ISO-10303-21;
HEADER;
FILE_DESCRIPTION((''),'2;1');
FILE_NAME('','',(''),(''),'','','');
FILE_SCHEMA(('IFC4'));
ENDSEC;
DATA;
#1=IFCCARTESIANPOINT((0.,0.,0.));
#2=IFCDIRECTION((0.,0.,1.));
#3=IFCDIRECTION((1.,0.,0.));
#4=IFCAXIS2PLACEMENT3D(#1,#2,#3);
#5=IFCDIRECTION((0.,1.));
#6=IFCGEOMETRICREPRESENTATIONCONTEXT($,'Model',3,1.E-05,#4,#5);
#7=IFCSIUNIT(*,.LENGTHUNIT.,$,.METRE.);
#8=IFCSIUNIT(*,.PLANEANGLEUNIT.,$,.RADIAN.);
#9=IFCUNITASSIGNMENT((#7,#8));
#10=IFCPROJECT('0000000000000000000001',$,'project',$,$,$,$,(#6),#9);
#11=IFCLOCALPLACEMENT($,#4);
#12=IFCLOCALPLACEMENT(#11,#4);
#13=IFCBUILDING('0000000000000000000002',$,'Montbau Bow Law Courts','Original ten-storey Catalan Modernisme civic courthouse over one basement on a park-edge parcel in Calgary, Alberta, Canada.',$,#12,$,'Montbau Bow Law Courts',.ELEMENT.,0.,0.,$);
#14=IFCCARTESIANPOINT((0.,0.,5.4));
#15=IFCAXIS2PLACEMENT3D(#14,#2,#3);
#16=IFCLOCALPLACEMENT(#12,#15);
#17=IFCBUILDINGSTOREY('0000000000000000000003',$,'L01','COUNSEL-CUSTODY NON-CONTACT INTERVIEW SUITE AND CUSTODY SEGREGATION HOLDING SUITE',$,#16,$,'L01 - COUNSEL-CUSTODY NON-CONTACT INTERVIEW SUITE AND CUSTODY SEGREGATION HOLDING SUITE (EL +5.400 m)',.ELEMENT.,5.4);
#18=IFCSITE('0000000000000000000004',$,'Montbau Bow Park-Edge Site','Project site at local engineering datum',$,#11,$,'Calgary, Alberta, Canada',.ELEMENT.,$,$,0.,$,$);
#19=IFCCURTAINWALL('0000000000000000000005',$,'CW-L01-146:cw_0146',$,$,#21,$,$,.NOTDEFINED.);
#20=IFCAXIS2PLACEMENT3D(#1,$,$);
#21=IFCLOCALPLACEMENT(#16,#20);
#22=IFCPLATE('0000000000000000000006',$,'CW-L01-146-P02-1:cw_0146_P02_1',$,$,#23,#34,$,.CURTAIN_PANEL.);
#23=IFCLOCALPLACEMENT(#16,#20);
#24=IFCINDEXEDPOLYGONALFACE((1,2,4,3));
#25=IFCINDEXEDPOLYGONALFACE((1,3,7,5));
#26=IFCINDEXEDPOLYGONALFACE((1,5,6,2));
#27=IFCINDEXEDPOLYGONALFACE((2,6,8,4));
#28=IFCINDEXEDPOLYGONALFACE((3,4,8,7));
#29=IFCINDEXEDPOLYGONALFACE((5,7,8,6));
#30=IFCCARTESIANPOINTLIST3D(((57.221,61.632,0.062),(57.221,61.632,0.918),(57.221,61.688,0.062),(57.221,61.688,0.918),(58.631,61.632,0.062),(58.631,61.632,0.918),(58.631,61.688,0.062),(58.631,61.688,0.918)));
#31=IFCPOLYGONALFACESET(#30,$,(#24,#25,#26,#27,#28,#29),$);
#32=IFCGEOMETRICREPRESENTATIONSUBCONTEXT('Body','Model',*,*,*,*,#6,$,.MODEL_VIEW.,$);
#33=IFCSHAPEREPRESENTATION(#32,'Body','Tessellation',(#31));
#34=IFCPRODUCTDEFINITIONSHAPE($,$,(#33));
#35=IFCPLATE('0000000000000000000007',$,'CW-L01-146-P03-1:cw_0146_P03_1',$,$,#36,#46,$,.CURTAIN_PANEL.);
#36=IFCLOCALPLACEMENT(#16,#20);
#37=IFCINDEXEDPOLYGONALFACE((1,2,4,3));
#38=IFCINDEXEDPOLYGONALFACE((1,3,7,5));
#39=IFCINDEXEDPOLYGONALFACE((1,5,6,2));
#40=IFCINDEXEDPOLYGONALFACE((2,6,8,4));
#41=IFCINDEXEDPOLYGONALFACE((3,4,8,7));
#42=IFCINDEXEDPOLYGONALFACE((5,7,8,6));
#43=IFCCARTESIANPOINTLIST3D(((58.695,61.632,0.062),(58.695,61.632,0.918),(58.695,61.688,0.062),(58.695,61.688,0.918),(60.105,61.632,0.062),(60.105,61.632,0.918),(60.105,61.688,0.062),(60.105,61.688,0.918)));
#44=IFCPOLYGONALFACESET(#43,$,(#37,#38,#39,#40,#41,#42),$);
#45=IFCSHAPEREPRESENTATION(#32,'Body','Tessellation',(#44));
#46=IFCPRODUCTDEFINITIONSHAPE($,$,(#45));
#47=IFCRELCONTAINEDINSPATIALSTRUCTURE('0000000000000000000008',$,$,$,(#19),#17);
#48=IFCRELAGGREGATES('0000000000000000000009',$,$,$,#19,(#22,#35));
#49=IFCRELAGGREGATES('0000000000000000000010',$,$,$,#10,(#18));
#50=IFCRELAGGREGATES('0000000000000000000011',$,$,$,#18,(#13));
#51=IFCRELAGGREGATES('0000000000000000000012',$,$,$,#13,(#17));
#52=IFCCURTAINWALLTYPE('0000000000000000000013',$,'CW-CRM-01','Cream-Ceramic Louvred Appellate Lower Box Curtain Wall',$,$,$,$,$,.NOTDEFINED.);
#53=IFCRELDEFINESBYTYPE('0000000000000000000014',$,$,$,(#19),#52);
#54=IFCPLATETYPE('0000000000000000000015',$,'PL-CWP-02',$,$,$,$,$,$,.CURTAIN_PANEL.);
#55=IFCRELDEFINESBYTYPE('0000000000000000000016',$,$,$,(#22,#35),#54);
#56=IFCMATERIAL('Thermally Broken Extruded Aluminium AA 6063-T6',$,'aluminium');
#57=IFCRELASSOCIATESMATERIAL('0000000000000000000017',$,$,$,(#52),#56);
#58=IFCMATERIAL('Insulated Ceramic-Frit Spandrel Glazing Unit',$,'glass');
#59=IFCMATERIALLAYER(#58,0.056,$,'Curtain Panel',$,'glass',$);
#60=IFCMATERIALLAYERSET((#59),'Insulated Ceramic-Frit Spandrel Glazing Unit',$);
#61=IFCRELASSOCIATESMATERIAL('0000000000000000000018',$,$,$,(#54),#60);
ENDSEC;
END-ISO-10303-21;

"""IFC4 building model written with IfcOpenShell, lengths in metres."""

from ifc_helpers import new_model, si_unit, direction, frame, frame_2d, origin_with_axes, place, context, subcontext, project, spatial, rectangle, extrude, material, layer, layer_set, type_object, element, aggregate, save


model = new_model("IFC4")

# Units and contexts
model_context = context("Model", 3, precision=1e-05, world=origin_with_axes(), true_north=direction((0.0, 1.0)))
body_context = subcontext(model_context, "Body", "Model", "MODEL_VIEW")
ifc_project = project(units=[si_unit("LENGTHUNIT", "METRE"), si_unit("PLANEANGLEUNIT", "RADIAN")], contexts=[model_context])

# Site, building, storey
site_placement = place(None, origin_with_axes())
site = spatial("IfcSite", under=ifc_project, at=site_placement, Name="Montbau Bow Park-Edge Site", Description="Project site at local engineering datum", LongName="Calgary, Alberta, Canada", CompositionType="ELEMENT", RefElevation=0.0)
building_placement = place(site_placement, origin_with_axes())
building = spatial("IfcBuilding", under=site, at=building_placement, Name="Montbau Bow Law Courts", Description="Original ten-storey Catalan Modernisme civic courthouse over one basement on a park-edge parcel in Calgary, Alberta, Canada.", LongName="Montbau Bow Law Courts", CompositionType="ELEMENT", ElevationOfRefHeight=0.0, ElevationOfTerrain=0.0)
storey_placement = place(building_placement, frame((0.0, 0.0, 5.4), z_axis=(0.0, 0.0, 1.0), x_axis=(1.0, 0.0, 0.0)))
storey = spatial("IfcBuildingStorey", under=building, at=storey_placement, Name="L01", Description="COUNSEL-CUSTODY NON-CONTACT INTERVIEW SUITE AND CUSTODY SEGREGATION HOLDING SUITE", LongName="L01 - COUNSEL-CUSTODY NON-CONTACT INTERVIEW SUITE AND CUSTODY SEGREGATION HOLDING SUITE (EL +5.400 m)", CompositionType="ELEMENT", Elevation=5.4)

# Curtain wall
ifc_material_1 = material(Name="Thermally Broken Extruded Aluminium AA 6063-T6", Category="aluminium")
curtain_wall_type = type_object("IfcCurtainWallType", Name="CW-CRM-01", Description="Cream-Ceramic Louvred Appellate Lower Box Curtain Wall", PredefinedType="NOTDEFINED", material=ifc_material_1)
curtain_wall_1_placement = place(None, frame((55.715, 61.66, 5.4), z_axis=(0.0, 0.0, 1.0), x_axis=(1.0, 0.0, 0.0)))
curtain_wall_1 = element("IfcCurtainWall", 1, at=curtain_wall_1_placement, inside=storey, type_object=curtain_wall_type, Name="CW-L01-146:cw_0146", PredefinedType="NOTDEFINED")

# Plates
ifc_material_2 = material(Name="Insulated Ceramic-Frit Spandrel Glazing Unit", Category="glass")
ifc_layer_1 = layer(ifc_material_2, 0.056, Name="Curtain Panel", Category="glass")
ifc_layer_set_1 = layer_set([ifc_layer_1], Name="Insulated Ceramic-Frit Spandrel Glazing Unit")
plate_type_1 = type_object("IfcPlateType", Name="PL-CWP-02", PredefinedType="CURTAIN_PANEL", material=ifc_layer_set_1)
plate_1_placement = place(None, frame((57.221, 61.66, 5.462), z_axis=(0.0, -1.0, 0.0), x_axis=(1.0, 0.0, 0.0)))
plate_1 = element("IfcPlate", 2, at=plate_1_placement, type_object=plate_type_1, Name="CW-L01-146-P02-1:cw_0146_P02_1", PredefinedType="CURTAIN_PANEL", context=body_context, shape_type="SweptSolid", body=[
    extrude(rectangle(XDim=1.41, YDim=0.856, at=frame_2d((0.705, 0.428), x_axis=(1.0, 0.0))), frame((0.0, 0.0, -0.028), z_axis=(0.0, 0.0, 1.0), x_axis=(1.0, 0.0, 0.0)), (0.0, 0.0, 1.0), 0.056),
])
plate_2_placement = place(None, frame((58.695, 61.66, 5.462), z_axis=(0.0, -1.0, 0.0), x_axis=(1.0, 0.0, 0.0)))
plate_2 = element("IfcPlate", 3, at=plate_2_placement, type_object=plate_type_1, Name="CW-L01-146-P03-1:cw_0146_P03_1", PredefinedType="CURTAIN_PANEL", context=body_context, shape_type="SweptSolid", body=[
    extrude(rectangle(XDim=1.41, YDim=0.856, at=frame_2d((0.705, 0.428), x_axis=(1.0, 0.0))), frame((0.0, 0.0, -0.028), z_axis=(0.0, 0.0, 1.0), x_axis=(1.0, 0.0, 0.0)), (0.0, 0.0, 1.0), 0.056),
])
aggregate(curtain_wall_1, [plate_1, plate_2])

save(model, "model.ifc")
